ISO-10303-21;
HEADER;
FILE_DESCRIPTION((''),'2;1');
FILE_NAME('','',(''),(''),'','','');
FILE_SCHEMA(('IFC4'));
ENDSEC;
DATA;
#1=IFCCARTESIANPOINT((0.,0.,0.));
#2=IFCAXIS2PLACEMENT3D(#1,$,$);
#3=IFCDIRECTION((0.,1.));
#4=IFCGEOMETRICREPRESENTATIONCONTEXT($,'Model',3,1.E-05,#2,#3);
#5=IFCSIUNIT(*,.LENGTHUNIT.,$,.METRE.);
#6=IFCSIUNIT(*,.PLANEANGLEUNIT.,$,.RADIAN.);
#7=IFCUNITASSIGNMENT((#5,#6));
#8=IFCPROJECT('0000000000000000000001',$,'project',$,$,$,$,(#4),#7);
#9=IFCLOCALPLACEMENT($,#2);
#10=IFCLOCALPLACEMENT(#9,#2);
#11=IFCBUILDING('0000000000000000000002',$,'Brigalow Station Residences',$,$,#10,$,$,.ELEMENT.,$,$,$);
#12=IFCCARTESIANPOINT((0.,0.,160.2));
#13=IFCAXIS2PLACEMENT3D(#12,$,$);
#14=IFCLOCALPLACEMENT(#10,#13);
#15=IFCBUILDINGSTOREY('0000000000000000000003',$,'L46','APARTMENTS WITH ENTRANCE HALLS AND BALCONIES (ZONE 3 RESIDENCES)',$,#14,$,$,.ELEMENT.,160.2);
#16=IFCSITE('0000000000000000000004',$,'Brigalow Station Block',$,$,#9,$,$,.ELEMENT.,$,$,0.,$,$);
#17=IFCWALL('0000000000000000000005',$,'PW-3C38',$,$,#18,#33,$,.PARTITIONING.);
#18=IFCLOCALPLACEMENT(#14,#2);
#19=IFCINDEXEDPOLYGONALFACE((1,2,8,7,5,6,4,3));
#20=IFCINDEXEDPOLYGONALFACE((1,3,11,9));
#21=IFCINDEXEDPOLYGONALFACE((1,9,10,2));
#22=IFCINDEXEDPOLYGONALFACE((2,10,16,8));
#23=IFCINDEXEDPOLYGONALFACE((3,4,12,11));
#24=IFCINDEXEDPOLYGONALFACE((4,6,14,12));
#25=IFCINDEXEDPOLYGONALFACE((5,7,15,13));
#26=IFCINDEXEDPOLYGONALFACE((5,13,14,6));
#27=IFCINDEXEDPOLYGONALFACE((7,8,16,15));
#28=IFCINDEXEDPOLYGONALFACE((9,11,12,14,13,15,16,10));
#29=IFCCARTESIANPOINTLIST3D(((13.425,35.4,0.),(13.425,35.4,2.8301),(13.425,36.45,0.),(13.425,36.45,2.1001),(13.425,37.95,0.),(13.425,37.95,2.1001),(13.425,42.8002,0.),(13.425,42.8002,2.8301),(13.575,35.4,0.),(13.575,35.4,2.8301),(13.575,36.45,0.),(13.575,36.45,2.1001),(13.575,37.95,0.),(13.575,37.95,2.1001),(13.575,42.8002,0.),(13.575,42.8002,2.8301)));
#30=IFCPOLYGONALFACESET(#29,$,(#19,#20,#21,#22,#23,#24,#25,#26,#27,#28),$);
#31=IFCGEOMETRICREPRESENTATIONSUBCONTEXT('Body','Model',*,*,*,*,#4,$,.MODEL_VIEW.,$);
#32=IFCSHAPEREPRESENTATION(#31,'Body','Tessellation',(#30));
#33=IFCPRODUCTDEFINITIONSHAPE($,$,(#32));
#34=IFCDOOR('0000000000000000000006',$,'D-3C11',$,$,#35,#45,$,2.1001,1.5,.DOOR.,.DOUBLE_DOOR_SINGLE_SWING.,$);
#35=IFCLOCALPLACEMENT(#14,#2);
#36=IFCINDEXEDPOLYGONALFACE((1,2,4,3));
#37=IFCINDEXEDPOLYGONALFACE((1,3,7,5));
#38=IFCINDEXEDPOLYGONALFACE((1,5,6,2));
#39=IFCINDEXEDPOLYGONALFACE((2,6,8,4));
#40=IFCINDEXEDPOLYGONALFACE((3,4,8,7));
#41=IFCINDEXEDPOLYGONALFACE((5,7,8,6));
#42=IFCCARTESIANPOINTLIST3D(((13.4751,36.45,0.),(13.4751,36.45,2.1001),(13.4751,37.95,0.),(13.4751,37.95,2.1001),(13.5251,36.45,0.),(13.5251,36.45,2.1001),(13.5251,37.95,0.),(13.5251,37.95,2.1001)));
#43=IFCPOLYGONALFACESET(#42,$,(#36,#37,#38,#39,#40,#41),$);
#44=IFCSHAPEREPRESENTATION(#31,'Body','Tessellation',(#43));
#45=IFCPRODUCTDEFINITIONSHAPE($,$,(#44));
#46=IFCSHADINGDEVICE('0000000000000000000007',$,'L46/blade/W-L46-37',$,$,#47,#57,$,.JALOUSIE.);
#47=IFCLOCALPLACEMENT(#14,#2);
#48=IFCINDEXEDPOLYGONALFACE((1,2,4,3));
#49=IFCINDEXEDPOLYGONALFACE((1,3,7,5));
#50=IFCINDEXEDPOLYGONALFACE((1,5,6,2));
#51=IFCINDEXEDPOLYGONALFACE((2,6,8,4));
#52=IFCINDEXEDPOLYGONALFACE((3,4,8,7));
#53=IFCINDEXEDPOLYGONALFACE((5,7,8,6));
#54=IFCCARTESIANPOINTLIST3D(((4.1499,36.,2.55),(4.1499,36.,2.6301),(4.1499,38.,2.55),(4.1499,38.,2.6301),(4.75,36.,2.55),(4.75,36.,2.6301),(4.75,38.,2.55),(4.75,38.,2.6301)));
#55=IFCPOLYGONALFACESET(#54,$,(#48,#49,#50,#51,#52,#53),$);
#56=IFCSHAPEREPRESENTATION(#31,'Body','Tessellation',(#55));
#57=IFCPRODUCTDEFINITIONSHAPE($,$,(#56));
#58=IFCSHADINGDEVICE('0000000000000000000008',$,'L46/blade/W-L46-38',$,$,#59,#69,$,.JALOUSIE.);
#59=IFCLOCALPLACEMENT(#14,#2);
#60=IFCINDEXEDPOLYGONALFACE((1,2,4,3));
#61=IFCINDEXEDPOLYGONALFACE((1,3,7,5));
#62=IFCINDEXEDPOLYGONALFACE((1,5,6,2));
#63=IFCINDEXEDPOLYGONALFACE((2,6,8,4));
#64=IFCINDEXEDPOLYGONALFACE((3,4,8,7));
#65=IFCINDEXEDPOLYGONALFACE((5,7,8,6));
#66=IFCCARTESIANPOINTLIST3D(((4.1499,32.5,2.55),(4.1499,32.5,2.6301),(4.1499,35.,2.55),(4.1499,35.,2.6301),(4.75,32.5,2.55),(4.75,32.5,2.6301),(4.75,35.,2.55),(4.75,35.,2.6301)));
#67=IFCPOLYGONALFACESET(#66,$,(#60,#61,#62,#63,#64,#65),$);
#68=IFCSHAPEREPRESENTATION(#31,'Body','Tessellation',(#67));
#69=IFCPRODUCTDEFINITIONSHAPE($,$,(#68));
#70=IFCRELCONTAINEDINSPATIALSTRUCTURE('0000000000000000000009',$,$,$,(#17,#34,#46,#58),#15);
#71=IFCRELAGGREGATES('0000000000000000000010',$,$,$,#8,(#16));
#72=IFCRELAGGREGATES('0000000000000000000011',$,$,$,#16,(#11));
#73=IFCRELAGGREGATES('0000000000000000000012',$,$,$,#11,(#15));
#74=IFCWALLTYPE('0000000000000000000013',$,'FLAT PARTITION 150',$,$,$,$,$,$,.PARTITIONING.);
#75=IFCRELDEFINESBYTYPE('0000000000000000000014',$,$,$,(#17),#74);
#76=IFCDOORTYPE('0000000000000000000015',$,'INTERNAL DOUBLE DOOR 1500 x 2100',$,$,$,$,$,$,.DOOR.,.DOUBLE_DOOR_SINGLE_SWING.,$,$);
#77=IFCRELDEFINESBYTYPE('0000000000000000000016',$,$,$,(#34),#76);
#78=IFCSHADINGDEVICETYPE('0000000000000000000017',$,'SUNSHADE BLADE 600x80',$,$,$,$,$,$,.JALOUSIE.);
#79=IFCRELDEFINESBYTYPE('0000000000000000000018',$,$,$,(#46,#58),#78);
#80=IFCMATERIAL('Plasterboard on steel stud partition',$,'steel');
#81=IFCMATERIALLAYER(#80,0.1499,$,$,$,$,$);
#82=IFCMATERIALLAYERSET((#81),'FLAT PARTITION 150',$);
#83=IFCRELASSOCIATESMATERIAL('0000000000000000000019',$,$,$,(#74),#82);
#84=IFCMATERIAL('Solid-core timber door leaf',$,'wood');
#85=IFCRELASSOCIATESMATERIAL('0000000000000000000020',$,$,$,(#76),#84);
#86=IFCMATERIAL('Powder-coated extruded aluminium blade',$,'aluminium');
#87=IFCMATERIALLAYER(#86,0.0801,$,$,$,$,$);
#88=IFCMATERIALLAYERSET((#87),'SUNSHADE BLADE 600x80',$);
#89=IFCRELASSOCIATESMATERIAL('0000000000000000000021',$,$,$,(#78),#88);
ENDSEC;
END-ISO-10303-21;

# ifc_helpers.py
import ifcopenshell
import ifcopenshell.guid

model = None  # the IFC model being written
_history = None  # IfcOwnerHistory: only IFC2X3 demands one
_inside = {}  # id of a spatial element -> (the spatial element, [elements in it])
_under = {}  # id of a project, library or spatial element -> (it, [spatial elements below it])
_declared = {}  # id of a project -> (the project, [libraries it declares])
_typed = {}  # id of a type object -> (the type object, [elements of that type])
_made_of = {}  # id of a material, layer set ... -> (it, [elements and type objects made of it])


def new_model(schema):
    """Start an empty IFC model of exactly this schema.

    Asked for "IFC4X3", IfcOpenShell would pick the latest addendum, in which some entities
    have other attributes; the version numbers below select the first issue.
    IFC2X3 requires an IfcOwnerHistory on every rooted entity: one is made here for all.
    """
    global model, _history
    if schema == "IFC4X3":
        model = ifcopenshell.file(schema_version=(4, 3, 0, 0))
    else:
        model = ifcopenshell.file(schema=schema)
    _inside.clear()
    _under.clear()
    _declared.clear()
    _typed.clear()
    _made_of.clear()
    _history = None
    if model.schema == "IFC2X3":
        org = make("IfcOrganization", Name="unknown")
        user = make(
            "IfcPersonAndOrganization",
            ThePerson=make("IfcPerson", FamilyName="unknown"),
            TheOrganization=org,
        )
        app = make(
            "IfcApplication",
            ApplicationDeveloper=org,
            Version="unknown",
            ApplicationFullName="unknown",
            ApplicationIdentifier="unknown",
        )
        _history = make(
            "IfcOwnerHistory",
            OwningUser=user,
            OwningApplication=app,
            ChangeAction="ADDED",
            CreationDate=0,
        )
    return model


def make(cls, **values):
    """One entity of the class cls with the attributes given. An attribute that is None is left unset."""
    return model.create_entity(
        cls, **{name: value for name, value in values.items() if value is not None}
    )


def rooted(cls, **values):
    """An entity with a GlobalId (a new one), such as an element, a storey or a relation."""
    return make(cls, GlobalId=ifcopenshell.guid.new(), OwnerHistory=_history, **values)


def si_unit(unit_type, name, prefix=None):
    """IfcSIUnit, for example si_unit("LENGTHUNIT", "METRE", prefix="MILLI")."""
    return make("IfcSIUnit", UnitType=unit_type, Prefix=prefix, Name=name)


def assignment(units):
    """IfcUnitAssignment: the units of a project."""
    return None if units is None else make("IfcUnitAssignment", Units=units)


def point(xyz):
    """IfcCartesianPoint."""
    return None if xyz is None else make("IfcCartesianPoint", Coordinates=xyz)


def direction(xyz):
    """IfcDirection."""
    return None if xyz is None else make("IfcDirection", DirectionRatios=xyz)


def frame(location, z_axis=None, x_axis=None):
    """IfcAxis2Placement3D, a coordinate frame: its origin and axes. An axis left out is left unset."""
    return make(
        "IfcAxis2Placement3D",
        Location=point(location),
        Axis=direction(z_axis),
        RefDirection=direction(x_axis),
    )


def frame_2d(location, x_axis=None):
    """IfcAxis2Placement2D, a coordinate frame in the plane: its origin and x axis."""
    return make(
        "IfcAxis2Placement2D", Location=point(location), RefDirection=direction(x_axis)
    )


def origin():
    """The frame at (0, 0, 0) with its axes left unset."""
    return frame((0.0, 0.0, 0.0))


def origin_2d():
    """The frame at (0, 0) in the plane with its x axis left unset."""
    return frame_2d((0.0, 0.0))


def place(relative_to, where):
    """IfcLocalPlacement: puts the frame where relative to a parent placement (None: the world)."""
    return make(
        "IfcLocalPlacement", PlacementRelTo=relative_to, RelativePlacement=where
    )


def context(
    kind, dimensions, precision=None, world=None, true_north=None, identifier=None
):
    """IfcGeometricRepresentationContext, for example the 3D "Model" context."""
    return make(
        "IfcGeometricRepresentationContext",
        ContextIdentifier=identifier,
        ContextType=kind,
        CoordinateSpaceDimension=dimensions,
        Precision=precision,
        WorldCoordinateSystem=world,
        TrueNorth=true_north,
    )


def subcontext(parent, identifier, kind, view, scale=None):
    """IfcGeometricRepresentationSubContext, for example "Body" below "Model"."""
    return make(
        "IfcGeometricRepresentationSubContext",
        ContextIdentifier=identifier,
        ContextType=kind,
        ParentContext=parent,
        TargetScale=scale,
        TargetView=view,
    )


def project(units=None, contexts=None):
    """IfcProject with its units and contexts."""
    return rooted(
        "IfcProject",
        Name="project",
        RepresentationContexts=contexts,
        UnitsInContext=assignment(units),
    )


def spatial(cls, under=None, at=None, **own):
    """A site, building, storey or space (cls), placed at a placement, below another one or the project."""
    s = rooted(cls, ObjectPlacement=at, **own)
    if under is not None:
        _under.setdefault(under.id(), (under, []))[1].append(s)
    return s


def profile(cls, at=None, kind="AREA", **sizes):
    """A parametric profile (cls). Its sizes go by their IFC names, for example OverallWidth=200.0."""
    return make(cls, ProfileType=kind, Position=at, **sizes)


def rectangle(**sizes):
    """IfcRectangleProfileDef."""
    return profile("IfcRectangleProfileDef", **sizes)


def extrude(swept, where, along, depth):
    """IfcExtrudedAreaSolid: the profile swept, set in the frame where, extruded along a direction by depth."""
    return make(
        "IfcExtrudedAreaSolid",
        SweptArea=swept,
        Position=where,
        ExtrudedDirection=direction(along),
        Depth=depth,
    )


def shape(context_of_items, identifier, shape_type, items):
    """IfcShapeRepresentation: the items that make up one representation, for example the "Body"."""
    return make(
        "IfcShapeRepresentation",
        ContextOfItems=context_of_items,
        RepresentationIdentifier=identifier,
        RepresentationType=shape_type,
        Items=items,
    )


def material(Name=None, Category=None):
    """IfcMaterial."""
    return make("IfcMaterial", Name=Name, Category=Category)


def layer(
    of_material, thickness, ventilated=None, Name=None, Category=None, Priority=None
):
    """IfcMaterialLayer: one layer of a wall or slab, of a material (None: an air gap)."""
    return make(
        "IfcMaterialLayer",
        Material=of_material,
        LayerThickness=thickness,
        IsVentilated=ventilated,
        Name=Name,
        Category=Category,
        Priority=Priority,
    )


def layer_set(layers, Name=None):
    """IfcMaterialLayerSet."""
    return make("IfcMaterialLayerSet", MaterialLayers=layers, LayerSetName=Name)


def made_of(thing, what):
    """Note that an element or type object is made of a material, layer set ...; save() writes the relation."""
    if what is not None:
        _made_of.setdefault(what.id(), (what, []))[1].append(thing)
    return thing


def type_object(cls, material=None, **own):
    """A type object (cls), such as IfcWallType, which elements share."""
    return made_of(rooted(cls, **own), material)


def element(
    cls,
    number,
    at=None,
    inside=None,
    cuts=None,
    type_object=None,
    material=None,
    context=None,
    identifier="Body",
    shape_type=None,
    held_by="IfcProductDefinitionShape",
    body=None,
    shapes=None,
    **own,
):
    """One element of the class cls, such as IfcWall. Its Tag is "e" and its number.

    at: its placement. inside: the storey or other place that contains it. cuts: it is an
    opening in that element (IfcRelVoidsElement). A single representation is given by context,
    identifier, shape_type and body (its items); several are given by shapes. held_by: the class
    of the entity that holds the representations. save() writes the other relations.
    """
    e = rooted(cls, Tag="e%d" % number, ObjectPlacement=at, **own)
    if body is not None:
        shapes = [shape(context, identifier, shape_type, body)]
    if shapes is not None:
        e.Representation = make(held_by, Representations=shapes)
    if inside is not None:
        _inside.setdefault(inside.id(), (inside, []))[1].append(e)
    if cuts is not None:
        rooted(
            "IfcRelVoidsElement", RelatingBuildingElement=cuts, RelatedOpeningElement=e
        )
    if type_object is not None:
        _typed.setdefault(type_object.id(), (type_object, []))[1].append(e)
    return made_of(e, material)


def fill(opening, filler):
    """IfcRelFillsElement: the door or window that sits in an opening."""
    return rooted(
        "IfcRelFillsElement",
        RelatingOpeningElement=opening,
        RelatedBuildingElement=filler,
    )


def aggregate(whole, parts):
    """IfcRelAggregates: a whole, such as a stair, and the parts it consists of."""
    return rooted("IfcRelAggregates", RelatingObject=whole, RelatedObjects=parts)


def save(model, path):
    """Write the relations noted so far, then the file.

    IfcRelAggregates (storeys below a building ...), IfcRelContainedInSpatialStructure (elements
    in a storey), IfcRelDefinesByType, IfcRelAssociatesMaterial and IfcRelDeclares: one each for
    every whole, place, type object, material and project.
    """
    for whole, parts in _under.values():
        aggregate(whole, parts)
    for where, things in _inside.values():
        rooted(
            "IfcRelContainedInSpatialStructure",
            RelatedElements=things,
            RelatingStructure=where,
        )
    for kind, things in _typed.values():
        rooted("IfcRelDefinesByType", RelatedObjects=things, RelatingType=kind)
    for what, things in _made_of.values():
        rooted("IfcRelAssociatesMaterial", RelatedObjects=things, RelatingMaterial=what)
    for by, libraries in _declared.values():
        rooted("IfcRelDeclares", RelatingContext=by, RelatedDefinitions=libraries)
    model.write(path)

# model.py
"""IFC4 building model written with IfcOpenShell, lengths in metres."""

from ifc_helpers import new_model, si_unit, direction, frame, frame_2d, origin, origin_2d, place, context, subcontext, project, spatial, rectangle, extrude, material, layer, layer_set, type_object, element, fill, save


model = new_model("IFC4")

# Units and contexts
model_context = context("Model", 3, precision=1e-05, world=origin(), true_north=direction((0.0, 1.0)))
body_context = subcontext(model_context, "Body", "Model", "MODEL_VIEW")
ifc_project = project(units=[si_unit("LENGTHUNIT", "METRE"), si_unit("PLANEANGLEUNIT", "RADIAN")], contexts=[model_context])

# Site, building, storey
site_placement = place(None, origin())
site = spatial("IfcSite", under=ifc_project, at=site_placement, Name="Brigalow Station Block", CompositionType="ELEMENT", RefElevation=0.0)
building_placement = place(site_placement, origin())
building = spatial("IfcBuilding", under=site, at=building_placement, Name="Brigalow Station Residences", CompositionType="ELEMENT")
storey_placement = place(building_placement, frame((0.0, 0.0, 160.2)))
storey = spatial("IfcBuildingStorey", under=building, at=storey_placement, Name="L46", Description="APARTMENTS WITH ENTRANCE HALLS AND BALCONIES (ZONE 3 RESIDENCES)", CompositionType="ELEMENT", Elevation=160.2)

# Wall, opening, door
ifc_material_1 = material(Name="Plasterboard on steel stud partition", Category="steel")
ifc_layer_1 = layer(ifc_material_1, 0.1499)
ifc_layer_set_1 = layer_set([ifc_layer_1], Name="FLAT PARTITION 150")
wall_type_1 = type_object("IfcWallType", Name="FLAT PARTITION 150", PredefinedType="PARTITIONING", material=ifc_layer_set_1)
ifc_material_2 = material(Name="Solid-core timber door leaf", Category="wood")
door_type = type_object("IfcDoorType", Name="INTERNAL DOUBLE DOOR 1500 x 2100", OperationType="DOUBLE_DOOR_SINGLE_SWING", PredefinedType="DOOR", material=ifc_material_2)
wall_1_placement = place(storey_placement, frame((13.5, 35.3999, 0.0), z_axis=(0.0, 0.0, 1.0), x_axis=(0.0, 1.0, 0.0)))
wall_1 = element("IfcWall", 1, at=wall_1_placement, inside=storey, type_object=wall_type_1, Name="PW-3C38", PredefinedType="PARTITIONING", context=body_context, shape_type="SweptSolid", body=[
    extrude(rectangle(XDim=7.4001, YDim=0.1499, at=frame_2d((3.7002, 0.0))), origin(), (0.0, 0.0, 1.0), 2.8301),
])
opening_1_placement = place(wall_1_placement, frame((1.05, 0.0, 0.0)))
opening_1 = element("IfcOpeningElement", 2, at=opening_1_placement, cuts=wall_1, PredefinedType="OPENING", context=body_context, shape_type="SweptSolid", body=[
    extrude(rectangle(XDim=1.5, YDim=2.1001, at=frame_2d((0.75, 1.05))), frame((0.0, 0.085, 0.0), z_axis=(0.0, -1.0, 0.0), x_axis=(1.0, 0.0, 0.0)), (0.0, 0.0, 1.0), 0.1699),
])
door_1_placement = place(opening_1_placement, origin())
door_1 = element("IfcDoor", 3, at=door_1_placement, inside=storey, type_object=door_type, Name="D-3C11", OperationType="DOUBLE_DOOR_SINGLE_SWING", OverallHeight=2.1001, OverallWidth=1.5, PredefinedType="DOOR", context=body_context, shape_type="SweptSolid", body=[
    extrude(rectangle(XDim=1.5, YDim=2.1001, at=frame_2d((0.75, 1.05))), frame((0.0, 0.0249, 0.0), z_axis=(0.0, -1.0, 0.0), x_axis=(1.0, 0.0, 0.0)), (0.0, 0.0, 1.0), 0.05),
])
fill(opening_1, door_1)

# Shading devices
ifc_material_3 = material(Name="Powder-coated extruded aluminium blade", Category="aluminium")
ifc_layer_2 = layer(ifc_material_3, 0.0801)
ifc_layer_set_2 = layer_set([ifc_layer_2], Name="SUNSHADE BLADE 600x80")
shading_device_type = type_object("IfcShadingDeviceType", Name="SUNSHADE BLADE 600x80", PredefinedType="JALOUSIE", material=ifc_layer_set_2)
shading_device_1_placement = place(storey_placement, frame((4.45, 37.0, 2.55), z_axis=(0.0, 0.0, 1.0), x_axis=(0.0, -1.0, 0.0)))
element("IfcShadingDevice", 4, at=shading_device_1_placement, inside=storey, type_object=shading_device_type, Name="L46/blade/W-L46-37", PredefinedType="JALOUSIE", context=body_context, shape_type="SweptSolid", body=[
    extrude(rectangle(XDim=2.0, YDim=0.6001, at=origin_2d()), origin(), (0.0, 0.0, 1.0), 0.0801),
])
shading_device_2_placement = place(storey_placement, frame((4.45, 33.75, 2.55), z_axis=(0.0, 0.0, 1.0), x_axis=(0.0, -1.0, 0.0)))
element("IfcShadingDevice", 5, at=shading_device_2_placement, inside=storey, type_object=shading_device_type, Name="L46/blade/W-L46-38", PredefinedType="JALOUSIE", context=body_context, shape_type="SweptSolid", body=[
    extrude(rectangle(XDim=2.5, YDim=0.6001, at=origin_2d()), origin(), (0.0, 0.0, 1.0), 0.0801),
])

save(model, "model.ifc")
